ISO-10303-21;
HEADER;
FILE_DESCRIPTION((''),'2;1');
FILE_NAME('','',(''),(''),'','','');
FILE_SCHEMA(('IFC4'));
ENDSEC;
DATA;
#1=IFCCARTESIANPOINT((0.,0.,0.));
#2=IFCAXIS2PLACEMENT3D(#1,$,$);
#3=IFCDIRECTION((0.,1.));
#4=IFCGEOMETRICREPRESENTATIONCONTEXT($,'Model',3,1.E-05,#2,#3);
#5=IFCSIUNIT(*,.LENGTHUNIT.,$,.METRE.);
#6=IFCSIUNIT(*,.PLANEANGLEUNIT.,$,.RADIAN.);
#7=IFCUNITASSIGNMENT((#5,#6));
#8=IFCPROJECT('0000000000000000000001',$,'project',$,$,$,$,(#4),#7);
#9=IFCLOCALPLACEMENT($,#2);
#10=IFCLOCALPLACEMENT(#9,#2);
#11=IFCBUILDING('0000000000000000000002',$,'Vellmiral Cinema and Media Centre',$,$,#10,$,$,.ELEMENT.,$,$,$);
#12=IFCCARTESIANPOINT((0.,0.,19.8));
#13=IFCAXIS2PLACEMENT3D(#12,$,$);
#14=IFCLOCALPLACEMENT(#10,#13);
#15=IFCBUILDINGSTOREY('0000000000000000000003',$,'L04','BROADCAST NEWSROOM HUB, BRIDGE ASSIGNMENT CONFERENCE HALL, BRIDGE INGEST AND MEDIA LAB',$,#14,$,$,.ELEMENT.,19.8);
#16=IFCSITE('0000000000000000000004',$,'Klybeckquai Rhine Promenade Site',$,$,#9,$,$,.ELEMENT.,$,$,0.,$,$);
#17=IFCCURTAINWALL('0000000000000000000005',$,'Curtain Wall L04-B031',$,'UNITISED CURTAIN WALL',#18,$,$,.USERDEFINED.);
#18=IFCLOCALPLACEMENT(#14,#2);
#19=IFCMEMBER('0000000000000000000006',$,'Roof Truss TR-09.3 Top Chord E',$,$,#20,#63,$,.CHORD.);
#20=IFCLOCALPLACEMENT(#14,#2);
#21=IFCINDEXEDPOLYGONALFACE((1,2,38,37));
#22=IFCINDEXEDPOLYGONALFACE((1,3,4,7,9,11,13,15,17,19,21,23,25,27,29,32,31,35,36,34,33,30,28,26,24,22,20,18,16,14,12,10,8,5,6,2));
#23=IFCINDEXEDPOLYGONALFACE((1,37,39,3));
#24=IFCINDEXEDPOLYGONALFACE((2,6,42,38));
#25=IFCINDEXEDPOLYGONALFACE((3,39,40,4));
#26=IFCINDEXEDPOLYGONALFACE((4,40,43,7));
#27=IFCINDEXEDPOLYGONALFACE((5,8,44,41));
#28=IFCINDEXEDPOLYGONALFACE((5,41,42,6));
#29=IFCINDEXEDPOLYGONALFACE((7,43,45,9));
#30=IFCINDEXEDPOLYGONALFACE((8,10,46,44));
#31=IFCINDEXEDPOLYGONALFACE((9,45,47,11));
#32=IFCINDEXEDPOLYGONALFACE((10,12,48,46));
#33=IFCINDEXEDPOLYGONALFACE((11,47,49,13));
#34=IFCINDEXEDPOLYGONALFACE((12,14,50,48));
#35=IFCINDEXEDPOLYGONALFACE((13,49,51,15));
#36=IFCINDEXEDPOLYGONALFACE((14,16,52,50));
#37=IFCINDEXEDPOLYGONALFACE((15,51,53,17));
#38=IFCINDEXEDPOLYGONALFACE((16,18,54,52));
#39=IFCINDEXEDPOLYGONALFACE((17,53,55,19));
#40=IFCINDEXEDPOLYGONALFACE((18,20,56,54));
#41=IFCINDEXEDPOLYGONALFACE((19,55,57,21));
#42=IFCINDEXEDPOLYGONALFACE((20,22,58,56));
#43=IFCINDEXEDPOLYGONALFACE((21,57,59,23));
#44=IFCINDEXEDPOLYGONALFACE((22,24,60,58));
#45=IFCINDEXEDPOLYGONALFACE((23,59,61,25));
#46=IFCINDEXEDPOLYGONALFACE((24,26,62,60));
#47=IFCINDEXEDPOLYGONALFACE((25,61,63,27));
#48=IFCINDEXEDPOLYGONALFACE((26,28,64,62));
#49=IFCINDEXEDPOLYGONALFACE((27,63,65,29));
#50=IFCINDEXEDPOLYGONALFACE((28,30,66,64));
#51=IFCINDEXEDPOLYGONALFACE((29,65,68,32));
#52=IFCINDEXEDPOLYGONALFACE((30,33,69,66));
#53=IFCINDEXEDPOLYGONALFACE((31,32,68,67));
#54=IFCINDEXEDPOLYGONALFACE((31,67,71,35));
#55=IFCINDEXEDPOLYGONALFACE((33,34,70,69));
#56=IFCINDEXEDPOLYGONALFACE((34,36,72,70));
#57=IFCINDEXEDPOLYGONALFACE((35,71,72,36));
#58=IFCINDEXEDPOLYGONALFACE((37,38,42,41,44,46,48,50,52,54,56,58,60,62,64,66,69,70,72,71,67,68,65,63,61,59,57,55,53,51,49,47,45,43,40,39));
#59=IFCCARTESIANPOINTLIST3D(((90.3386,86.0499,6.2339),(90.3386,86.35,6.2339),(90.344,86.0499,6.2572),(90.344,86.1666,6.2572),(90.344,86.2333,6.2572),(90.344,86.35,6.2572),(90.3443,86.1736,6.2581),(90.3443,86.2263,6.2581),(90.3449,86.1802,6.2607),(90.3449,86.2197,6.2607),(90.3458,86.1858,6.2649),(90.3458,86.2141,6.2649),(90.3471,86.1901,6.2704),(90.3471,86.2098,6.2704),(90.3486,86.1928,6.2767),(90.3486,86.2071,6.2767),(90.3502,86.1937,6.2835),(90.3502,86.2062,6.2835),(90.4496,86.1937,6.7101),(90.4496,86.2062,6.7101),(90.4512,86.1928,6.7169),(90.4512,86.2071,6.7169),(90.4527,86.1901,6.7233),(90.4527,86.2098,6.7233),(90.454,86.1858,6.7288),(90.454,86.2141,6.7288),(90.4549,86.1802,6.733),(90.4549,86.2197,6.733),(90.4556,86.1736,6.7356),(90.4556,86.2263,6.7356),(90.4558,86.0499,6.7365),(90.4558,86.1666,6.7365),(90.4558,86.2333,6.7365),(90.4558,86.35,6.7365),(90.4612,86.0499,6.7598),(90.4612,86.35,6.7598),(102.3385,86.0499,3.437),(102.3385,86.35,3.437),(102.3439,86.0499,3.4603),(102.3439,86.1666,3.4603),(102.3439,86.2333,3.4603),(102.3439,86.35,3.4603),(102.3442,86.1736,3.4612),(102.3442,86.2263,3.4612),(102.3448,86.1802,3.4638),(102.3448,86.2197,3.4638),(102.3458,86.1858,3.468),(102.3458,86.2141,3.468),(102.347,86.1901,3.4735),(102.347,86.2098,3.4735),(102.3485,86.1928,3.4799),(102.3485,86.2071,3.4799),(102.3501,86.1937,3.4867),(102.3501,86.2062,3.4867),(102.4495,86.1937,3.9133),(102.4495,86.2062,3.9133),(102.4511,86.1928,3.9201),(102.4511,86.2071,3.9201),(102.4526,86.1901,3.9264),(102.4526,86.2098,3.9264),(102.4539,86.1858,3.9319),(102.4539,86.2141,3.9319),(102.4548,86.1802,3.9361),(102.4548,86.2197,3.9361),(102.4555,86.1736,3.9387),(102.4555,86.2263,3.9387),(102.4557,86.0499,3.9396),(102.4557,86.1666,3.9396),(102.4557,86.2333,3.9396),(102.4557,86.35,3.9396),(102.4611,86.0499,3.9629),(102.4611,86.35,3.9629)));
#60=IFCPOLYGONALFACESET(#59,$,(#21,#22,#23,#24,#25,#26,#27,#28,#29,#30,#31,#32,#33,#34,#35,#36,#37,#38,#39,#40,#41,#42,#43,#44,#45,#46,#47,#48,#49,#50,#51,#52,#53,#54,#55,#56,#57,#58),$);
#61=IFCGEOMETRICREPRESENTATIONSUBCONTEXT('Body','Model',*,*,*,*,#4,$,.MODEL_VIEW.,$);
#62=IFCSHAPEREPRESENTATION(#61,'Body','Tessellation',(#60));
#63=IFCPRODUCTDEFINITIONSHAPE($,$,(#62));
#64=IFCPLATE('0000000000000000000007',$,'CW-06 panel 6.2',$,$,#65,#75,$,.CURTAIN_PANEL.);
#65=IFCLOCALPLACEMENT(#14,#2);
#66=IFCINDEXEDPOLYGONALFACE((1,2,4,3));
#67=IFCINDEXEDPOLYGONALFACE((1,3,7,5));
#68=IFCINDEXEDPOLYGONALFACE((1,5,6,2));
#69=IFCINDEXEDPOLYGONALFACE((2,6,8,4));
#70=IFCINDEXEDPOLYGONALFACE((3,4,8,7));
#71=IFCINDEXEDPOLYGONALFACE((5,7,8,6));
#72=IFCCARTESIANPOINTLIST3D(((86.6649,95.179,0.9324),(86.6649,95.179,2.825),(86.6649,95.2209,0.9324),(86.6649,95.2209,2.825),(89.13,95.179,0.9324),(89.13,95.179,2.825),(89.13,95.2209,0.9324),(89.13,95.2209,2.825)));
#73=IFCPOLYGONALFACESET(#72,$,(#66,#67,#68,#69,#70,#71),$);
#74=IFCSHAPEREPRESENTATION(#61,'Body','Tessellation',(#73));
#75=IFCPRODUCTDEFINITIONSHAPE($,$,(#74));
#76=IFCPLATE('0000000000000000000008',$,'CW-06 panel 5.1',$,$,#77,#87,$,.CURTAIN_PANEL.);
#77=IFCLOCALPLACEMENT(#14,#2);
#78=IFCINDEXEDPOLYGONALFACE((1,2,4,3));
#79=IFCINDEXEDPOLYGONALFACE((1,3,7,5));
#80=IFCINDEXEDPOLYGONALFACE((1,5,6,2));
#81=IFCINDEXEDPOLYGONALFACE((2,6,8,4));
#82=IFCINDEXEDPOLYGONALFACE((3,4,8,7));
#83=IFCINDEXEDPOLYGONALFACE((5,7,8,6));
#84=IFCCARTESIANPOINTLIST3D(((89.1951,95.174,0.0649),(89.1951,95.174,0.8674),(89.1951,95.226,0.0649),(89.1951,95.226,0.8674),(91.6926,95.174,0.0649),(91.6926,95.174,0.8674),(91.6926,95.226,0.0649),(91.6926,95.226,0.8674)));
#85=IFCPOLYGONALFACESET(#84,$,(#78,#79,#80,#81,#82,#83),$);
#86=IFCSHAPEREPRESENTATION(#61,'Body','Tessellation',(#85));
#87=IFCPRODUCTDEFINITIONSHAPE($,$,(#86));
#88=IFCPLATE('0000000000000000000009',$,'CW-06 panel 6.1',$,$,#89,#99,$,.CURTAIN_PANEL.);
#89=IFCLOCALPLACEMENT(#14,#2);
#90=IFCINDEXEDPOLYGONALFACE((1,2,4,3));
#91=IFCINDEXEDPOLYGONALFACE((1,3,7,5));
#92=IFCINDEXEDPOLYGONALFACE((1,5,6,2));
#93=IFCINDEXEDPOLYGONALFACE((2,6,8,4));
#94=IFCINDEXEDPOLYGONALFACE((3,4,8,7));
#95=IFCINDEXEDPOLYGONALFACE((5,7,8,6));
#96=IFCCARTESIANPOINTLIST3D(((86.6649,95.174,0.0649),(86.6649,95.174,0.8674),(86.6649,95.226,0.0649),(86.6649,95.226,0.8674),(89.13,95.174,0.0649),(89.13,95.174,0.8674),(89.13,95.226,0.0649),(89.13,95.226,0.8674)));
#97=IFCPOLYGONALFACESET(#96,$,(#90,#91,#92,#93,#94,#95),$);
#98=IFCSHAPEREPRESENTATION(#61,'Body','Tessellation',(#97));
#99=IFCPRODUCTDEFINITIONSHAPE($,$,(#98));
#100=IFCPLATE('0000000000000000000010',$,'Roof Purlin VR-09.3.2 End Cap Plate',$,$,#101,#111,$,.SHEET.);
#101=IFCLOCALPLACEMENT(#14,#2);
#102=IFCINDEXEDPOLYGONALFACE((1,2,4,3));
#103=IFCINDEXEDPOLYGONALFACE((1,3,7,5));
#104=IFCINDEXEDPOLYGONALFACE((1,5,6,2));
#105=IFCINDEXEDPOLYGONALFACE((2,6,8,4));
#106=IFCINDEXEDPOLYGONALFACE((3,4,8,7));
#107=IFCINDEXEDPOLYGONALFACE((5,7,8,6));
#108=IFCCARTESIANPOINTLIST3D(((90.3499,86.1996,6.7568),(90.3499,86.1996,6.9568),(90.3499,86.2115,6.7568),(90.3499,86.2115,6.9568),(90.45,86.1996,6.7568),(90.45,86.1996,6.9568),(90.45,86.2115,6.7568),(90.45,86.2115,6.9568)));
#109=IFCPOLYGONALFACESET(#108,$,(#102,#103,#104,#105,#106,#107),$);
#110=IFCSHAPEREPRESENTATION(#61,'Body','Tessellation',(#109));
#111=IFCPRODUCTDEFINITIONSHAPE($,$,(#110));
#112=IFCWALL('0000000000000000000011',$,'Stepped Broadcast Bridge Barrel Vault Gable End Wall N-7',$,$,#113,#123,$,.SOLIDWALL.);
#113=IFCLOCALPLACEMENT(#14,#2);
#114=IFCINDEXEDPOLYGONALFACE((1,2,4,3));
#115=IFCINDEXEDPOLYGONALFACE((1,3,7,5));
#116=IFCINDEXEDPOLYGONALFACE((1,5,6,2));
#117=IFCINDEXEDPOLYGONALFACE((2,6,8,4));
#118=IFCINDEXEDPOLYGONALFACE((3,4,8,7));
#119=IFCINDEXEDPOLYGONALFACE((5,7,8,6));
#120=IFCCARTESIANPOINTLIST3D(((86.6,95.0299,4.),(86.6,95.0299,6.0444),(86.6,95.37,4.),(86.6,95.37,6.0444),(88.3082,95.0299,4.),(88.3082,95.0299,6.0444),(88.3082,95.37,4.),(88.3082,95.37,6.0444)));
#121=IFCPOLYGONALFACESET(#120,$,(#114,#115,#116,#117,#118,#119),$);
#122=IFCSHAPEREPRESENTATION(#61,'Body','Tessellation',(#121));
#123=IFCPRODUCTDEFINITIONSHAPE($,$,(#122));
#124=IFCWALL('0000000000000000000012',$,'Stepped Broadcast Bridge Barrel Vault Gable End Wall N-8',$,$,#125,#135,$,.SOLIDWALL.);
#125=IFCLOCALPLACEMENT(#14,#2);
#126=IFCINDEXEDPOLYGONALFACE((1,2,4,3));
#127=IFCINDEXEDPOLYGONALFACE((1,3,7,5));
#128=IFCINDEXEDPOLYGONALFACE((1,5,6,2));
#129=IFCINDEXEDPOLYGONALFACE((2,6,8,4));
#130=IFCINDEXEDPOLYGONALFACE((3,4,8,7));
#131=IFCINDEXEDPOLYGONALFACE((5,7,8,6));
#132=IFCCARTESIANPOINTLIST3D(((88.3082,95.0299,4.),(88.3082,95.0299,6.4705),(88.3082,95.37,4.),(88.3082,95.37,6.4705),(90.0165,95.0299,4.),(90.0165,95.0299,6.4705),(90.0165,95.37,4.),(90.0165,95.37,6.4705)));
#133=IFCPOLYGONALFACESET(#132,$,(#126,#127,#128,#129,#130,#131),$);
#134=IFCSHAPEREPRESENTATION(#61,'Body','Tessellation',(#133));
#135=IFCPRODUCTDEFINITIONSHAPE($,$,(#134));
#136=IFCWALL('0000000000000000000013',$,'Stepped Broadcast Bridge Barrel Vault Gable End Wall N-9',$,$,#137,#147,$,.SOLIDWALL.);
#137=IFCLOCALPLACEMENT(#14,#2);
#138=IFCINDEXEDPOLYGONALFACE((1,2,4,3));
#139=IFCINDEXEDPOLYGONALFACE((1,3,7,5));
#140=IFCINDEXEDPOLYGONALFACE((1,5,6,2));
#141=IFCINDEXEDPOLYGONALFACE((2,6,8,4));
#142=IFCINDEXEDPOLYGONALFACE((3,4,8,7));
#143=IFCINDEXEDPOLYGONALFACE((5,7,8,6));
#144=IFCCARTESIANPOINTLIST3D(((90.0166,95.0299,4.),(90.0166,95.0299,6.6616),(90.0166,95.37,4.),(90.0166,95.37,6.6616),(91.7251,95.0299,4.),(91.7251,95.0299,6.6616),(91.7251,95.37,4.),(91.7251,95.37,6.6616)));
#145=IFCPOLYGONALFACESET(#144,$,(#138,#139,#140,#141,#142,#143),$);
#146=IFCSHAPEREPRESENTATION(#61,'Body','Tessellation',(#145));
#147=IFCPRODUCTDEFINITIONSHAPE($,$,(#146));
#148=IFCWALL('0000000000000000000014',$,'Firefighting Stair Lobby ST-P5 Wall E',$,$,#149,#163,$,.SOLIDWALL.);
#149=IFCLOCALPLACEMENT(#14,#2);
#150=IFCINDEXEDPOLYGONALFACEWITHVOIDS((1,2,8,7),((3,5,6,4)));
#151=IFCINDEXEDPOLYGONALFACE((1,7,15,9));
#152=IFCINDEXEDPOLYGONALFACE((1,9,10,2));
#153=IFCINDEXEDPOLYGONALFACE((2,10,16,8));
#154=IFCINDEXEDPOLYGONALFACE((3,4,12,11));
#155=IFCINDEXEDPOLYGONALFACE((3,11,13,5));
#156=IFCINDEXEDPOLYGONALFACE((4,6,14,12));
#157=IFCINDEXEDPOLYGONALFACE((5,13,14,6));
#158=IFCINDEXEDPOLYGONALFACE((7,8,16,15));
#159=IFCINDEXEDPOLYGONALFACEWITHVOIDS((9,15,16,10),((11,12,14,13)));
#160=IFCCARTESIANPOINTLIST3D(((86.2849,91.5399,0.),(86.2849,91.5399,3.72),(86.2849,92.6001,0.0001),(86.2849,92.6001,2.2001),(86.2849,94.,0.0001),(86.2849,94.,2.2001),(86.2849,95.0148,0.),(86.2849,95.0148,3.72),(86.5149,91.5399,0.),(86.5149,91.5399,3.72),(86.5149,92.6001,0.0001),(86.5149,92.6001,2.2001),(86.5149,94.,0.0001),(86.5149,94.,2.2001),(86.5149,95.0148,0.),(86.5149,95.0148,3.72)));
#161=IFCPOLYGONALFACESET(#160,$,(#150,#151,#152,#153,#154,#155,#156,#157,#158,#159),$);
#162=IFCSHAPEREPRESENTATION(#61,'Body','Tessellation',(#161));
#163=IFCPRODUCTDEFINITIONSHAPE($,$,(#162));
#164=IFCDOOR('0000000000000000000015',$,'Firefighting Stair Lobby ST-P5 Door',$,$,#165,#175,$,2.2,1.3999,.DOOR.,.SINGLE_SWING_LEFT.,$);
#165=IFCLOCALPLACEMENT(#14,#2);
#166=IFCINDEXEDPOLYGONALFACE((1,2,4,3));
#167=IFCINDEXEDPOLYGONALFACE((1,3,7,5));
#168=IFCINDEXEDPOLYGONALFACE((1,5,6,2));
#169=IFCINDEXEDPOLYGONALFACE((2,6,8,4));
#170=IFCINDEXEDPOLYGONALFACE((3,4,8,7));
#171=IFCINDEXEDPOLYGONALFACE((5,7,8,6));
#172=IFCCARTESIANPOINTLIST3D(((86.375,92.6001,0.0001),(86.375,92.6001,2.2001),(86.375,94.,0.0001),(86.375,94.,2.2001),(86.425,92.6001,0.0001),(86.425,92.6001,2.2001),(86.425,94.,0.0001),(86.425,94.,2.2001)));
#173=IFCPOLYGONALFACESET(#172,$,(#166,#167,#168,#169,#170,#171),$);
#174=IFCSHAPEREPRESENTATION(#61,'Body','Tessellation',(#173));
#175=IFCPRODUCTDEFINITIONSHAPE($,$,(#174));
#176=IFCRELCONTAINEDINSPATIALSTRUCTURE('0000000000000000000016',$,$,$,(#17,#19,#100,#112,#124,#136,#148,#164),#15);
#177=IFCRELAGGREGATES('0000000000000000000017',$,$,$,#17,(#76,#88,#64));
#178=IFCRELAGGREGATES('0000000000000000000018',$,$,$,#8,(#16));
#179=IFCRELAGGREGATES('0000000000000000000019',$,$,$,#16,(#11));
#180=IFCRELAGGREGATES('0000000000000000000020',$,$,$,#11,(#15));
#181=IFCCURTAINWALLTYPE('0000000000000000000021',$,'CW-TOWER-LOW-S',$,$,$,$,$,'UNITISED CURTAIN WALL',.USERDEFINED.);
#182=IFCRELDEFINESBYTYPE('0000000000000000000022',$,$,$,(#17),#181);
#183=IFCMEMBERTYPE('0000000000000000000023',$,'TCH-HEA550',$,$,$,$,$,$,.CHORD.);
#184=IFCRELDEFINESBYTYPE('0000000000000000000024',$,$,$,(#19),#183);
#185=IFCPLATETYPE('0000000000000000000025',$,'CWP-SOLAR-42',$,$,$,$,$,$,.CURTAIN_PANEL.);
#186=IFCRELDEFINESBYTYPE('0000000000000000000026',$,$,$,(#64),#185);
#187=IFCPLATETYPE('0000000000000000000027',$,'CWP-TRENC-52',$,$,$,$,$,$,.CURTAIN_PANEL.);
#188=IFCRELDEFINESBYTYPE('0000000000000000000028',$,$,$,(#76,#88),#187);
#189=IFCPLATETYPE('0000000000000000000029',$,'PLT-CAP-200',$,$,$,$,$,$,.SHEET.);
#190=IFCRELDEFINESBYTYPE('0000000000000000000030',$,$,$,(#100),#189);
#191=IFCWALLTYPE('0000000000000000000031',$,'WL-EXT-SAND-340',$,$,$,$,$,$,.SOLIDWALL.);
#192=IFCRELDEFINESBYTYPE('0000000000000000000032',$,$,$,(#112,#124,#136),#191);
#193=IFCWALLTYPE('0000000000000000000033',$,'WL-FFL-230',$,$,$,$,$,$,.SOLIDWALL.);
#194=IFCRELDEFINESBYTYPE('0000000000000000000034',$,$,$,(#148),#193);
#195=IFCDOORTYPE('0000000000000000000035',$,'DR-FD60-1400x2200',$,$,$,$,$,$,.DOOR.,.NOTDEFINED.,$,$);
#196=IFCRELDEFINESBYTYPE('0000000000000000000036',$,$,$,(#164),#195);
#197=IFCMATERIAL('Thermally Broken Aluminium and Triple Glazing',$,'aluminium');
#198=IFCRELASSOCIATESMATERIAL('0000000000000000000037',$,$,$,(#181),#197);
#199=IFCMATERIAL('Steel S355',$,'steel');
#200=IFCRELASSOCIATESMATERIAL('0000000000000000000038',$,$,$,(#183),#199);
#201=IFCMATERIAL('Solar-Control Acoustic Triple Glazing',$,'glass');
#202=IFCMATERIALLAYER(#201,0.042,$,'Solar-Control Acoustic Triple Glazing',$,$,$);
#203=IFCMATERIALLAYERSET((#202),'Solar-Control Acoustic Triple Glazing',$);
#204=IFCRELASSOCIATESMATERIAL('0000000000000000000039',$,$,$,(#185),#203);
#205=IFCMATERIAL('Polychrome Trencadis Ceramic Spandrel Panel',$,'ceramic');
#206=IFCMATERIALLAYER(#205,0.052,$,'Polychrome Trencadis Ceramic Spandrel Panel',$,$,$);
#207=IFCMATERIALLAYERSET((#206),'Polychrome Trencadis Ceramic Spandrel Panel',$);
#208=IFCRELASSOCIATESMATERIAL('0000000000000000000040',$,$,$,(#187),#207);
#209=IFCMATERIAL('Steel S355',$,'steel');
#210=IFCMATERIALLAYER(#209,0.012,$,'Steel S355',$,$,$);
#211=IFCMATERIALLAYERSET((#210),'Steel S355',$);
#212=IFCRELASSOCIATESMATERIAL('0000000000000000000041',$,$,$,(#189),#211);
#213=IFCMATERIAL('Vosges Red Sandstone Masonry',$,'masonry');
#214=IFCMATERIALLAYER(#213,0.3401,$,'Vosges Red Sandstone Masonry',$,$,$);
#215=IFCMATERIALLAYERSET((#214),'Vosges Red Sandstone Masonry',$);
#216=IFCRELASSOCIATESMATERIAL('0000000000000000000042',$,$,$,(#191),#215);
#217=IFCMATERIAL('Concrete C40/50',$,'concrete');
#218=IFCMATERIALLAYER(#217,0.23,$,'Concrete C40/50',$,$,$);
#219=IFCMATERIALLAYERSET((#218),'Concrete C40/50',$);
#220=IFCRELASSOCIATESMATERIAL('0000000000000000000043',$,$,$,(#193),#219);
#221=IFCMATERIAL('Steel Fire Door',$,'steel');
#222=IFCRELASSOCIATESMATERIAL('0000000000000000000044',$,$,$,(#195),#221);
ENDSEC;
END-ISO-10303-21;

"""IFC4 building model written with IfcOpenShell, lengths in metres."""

from ifc_helpers import new_model, si_unit, direction, frame, frame_2d, origin, origin_2d, place, context, subcontext, project, spatial, rectangle, i_section, extrude, material, layer, layer_set, material_profile, profile_set, type_object, element, fill, aggregate, save


model = new_model("IFC4")

# Units and contexts
model_context = context("Model", 3, precision=1e-05, world=origin(), true_north=direction((0.0, 1.0)))
body_context = subcontext(model_context, "Body", "Model", "MODEL_VIEW")
ifc_project = project(units=[si_unit("LENGTHUNIT", "METRE"), si_unit("PLANEANGLEUNIT", "RADIAN")], contexts=[model_context])

# Site, building, storey
site_placement = place(None, origin())
site = spatial("IfcSite", under=ifc_project, at=site_placement, Name="Klybeckquai Rhine Promenade Site", CompositionType="ELEMENT", RefElevation=0.0)
building_placement = place(site_placement, origin())
building = spatial("IfcBuilding", under=site, at=building_placement, Name="Vellmiral Cinema and Media Centre", CompositionType="ELEMENT")
storey_placement = place(building_placement, frame((0.0, 0.0, 19.8)))
storey = spatial("IfcBuildingStorey", under=building, at=storey_placement, Name="L04", Description="BROADCAST NEWSROOM HUB, BRIDGE ASSIGNMENT CONFERENCE HALL, BRIDGE INGEST AND MEDIA LAB", CompositionType="ELEMENT", Elevation=19.8)

# Curtain wall
ifc_material_1 = material(Name="Thermally Broken Aluminium and Triple Glazing", Category="aluminium")
curtain_wall_type = type_object("IfcCurtainWallType", Name="CW-TOWER-LOW-S", ElementType="UNITISED CURTAIN WALL", PredefinedType="USERDEFINED", material=ifc_material_1)
curtain_wall_placement = place(storey_placement, origin())
curtain_wall = element("IfcCurtainWall", 1, at=curtain_wall_placement, inside=storey, type_object=curtain_wall_type, Name="Curtain Wall L04-B031", ObjectType="UNITISED CURTAIN WALL", PredefinedType="USERDEFINED")

# Member
ifc_material_2 = material(Name="Steel S355", Category="steel")
ifc_material_profile_1 = material_profile(ifc_material_2, i_section(OverallWidth=0.3, OverallDepth=0.54, WebThickness=0.0125, FlangeThickness=0.0239, FilletRadius=0.0271, at=origin_2d()), Name="HEA 550")
ifc_profile_set_1 = profile_set([ifc_material_profile_1], Name="Steel S355")
member_type_1 = type_object("IfcMemberType", Name="TCH-HEA550", PredefinedType="CHORD", material=ifc_profile_set_1)
member_1_placement = place(storey_placement, frame((90.3999, 86.2, 6.4968), z_axis=(0.973897, 0.0, -0.226989), x_axis=(0.0, 1.0, 0.0)))
element("IfcMember", 2, at=member_1_placement, inside=storey, type_object=member_type_1, Name="Roof Truss TR-09.3 Top Chord E", PredefinedType="CHORD", context=body_context, shape_type="SweptSolid", body=[
    extrude(i_section(OverallWidth=0.3, OverallDepth=0.54, WebThickness=0.0125, FlangeThickness=0.0239, FilletRadius=0.0271, at=origin_2d()), origin(), (0.0, 0.0, 1.0), 12.3215),
])

# Plates
ifc_material_3 = material(Name="Solar-Control Acoustic Triple Glazing", Category="glass")
ifc_layer_1 = layer(ifc_material_3, 0.042, Name="Solar-Control Acoustic Triple Glazing")
ifc_layer_set_1 = layer_set([ifc_layer_1], Name="Solar-Control Acoustic Triple Glazing")
plate_type_1 = type_object("IfcPlateType", Name="CWP-SOLAR-42", PredefinedType="CURTAIN_PANEL", material=ifc_layer_set_1)
plate_1_placement = place(storey_placement, frame((87.8975, 95.2, 0.9324), z_axis=(0.0, 0.0, 1.0), x_axis=(-1.0, 0.0, 0.0)))
plate_1 = element("IfcPlate", 3, at=plate_1_placement, type_object=plate_type_1, Name="CW-06 panel 6.2", PredefinedType="CURTAIN_PANEL", context=body_context, shape_type="SweptSolid", body=[
    extrude(rectangle(XDim=2.4651, YDim=0.042, at=origin_2d()), origin(), (0.0, 0.0, 1.0), 1.8926),
])
ifc_material_4 = material(Name="Polychrome Trencadis Ceramic Spandrel Panel", Category="ceramic")
ifc_layer_2 = layer(ifc_material_4, 0.052, Name="Polychrome Trencadis Ceramic Spandrel Panel")
ifc_layer_set_2 = layer_set([ifc_layer_2], Name="Polychrome Trencadis Ceramic Spandrel Panel")
plate_type_2 = type_object("IfcPlateType", Name="CWP-TRENC-52", PredefinedType="CURTAIN_PANEL", material=ifc_layer_set_2)
plate_2_placement = place(storey_placement, frame((90.4438, 95.2, 0.0649), z_axis=(0.0, 0.0, 1.0), x_axis=(-1.0, 0.0, 0.0)))
plate_2 = element("IfcPlate", 4, at=plate_2_placement, type_object=plate_type_2, Name="CW-06 panel 5.1", PredefinedType="CURTAIN_PANEL", context=body_context, shape_type="SweptSolid", body=[
    extrude(rectangle(XDim=2.4976, YDim=0.052, at=origin_2d()), origin(), (0.0, 0.0, 1.0), 0.8025),
])
plate_3_placement = place(storey_placement, frame((87.8975, 95.2, 0.0649), z_axis=(0.0, 0.0, 1.0), x_axis=(-1.0, 0.0, 0.0)))
plate_3 = element("IfcPlate", 5, at=plate_3_placement, type_object=plate_type_2, Name="CW-06 panel 6.1", PredefinedType="CURTAIN_PANEL", context=body_context, shape_type="SweptSolid", body=[
    extrude(rectangle(XDim=2.4651, YDim=0.052, at=origin_2d()), origin(), (0.0, 0.0, 1.0), 0.8025),
])
aggregate(curtain_wall, [plate_2, plate_3, plate_1])
ifc_material_5 = material(Name="Steel S355", Category="steel")
ifc_layer_3 = layer(ifc_material_5, 0.012, Name="Steel S355")
ifc_layer_set_3 = layer_set([ifc_layer_3], Name="Steel S355")
plate_type_3 = type_object("IfcPlateType", Name="PLT-CAP-200", PredefinedType="SHEET", material=ifc_layer_set_3)
plate_4_placement = place(storey_placement, frame((90.3999, 86.2056, 6.7568), z_axis=(0.0, 0.0, 1.0), x_axis=(1.0, 0.0, 0.0)))
element("IfcPlate", 6, at=plate_4_placement, inside=storey, type_object=plate_type_3, Name="Roof Purlin VR-09.3.2 End Cap Plate", PredefinedType="SHEET", context=body_context, shape_type="SweptSolid", body=[
    extrude(rectangle(XDim=0.1001, YDim=0.012, at=origin_2d()), origin(), (0.0, 0.0, 1.0), 0.2),
])

# Walls
ifc_material_6 = material(Name="Vosges Red Sandstone Masonry", Category="masonry")
ifc_layer_4 = layer(ifc_material_6, 0.3401, Name="Vosges Red Sandstone Masonry")
ifc_layer_set_4 = layer_set([ifc_layer_4], Name="Vosges Red Sandstone Masonry")
wall_type_1 = type_object("IfcWallType", Name="WL-EXT-SAND-340", PredefinedType="SOLIDWALL", material=ifc_layer_set_4)
wall_1_placement = place(storey_placement, frame((86.6001, 95.2, 4.0), z_axis=(0.0, 0.0, 1.0), x_axis=(1.0, 0.0, 0.0)))
element("IfcWall", 7, at=wall_1_placement, inside=storey, type_object=wall_type_1, Name="Stepped Broadcast Bridge Barrel Vault Gable End Wall N-7", PredefinedType="SOLIDWALL", context=body_context, shape_type="SweptSolid", body=[
    extrude(rectangle(XDim=1.7083, YDim=0.3401, at=frame_2d((0.854, 0.0))), origin(), (0.0, 0.0, 1.0), 2.0444),
])
wall_2_placement = place(storey_placement, frame((88.3083, 95.2, 4.0), z_axis=(0.0, 0.0, 1.0), x_axis=(1.0, 0.0, 0.0)))
element("IfcWall", 8, at=wall_2_placement, inside=storey, type_object=wall_type_1, Name="Stepped Broadcast Bridge Barrel Vault Gable End Wall N-8", PredefinedType="SOLIDWALL", context=body_context, shape_type="SweptSolid", body=[
    extrude(rectangle(XDim=1.7083, YDim=0.3401, at=frame_2d((0.854, 0.0))), origin(), (0.0, 0.0, 1.0), 2.4705),
])
wall_3_placement = place(storey_placement, frame((90.0166, 95.2, 4.0), z_axis=(0.0, 0.0, 1.0), x_axis=(1.0, 0.0, 0.0)))
element("IfcWall", 9, at=wall_3_placement, inside=storey, type_object=wall_type_1, Name="Stepped Broadcast Bridge Barrel Vault Gable End Wall N-9", PredefinedType="SOLIDWALL", context=body_context, shape_type="SweptSolid", body=[
    extrude(rectangle(XDim=1.7085, YDim=0.3401, at=frame_2d((0.8542, 0.0))), origin(), (0.0, 0.0, 1.0), 2.6616),
])

# Wall, opening, door
ifc_material_7 = material(Name="Concrete C40/50", Category="concrete")
ifc_layer_5 = layer(ifc_material_7, 0.23, Name="Concrete C40/50")
ifc_layer_set_5 = layer_set([ifc_layer_5], Name="Concrete C40/50")
wall_type_2 = type_object("IfcWallType", Name="WL-FFL-230", PredefinedType="SOLIDWALL", material=ifc_layer_set_5)
wall_4_placement = place(storey_placement, frame((86.3999, 91.54, 0.0), z_axis=(0.0, 0.0, 1.0), x_axis=(0.0, 1.0, 0.0)))
wall_4 = element("IfcWall", 10, at=wall_4_placement, inside=storey, type_object=wall_type_2, Name="Firefighting Stair Lobby ST-P5 Wall E", PredefinedType="SOLIDWALL", context=body_context, shape_type="SweptSolid", body=[
    extrude(rectangle(XDim=3.4749, YDim=0.23, at=frame_2d((1.7373, 0.0))), origin(), (0.0, 0.0, 1.0), 3.72),
])
opening_placement = place(wall_4_placement, frame((1.0601, 0.0, 0.0)))
opening = element("IfcOpeningElement", 11, at=opening_placement, cuts=wall_4, PredefinedType="OPENING", context=body_context, shape_type="SweptSolid", body=[
    extrude(rectangle(XDim=1.3999, YDim=2.2, at=frame_2d((0.7, 1.1001))), frame((0.0, 0.127, 0.0), z_axis=(0.0, -1.0, 0.0), x_axis=(1.0, 0.0, 0.0)), (0.0, 0.0, 1.0), 0.2539),
])
ifc_material_8 = material(Name="Steel Fire Door", Category="steel")
door_type = type_object("IfcDoorType", Name="DR-FD60-1400x2200", OperationType="NOTDEFINED", PredefinedType="DOOR", material=ifc_material_8)
door_placement = place(opening_placement, origin())
door = element("IfcDoor", 12, at=door_placement, inside=storey, type_object=door_type, Name="Firefighting Stair Lobby ST-P5 Door", OperationType="SINGLE_SWING_LEFT", OverallHeight=2.2, OverallWidth=1.3999, PredefinedType="DOOR", context=body_context, shape_type="SweptSolid", body=[
    extrude(rectangle(XDim=1.3999, YDim=2.2, at=frame_2d((0.7, 1.1001))), frame((0.0, 0.0249, 0.0), z_axis=(0.0, -1.0, 0.0), x_axis=(1.0, 0.0, 0.0)), (0.0, 0.0, 1.0), 0.05),
])
fill(opening, door)

save(model, "model.ifc")
